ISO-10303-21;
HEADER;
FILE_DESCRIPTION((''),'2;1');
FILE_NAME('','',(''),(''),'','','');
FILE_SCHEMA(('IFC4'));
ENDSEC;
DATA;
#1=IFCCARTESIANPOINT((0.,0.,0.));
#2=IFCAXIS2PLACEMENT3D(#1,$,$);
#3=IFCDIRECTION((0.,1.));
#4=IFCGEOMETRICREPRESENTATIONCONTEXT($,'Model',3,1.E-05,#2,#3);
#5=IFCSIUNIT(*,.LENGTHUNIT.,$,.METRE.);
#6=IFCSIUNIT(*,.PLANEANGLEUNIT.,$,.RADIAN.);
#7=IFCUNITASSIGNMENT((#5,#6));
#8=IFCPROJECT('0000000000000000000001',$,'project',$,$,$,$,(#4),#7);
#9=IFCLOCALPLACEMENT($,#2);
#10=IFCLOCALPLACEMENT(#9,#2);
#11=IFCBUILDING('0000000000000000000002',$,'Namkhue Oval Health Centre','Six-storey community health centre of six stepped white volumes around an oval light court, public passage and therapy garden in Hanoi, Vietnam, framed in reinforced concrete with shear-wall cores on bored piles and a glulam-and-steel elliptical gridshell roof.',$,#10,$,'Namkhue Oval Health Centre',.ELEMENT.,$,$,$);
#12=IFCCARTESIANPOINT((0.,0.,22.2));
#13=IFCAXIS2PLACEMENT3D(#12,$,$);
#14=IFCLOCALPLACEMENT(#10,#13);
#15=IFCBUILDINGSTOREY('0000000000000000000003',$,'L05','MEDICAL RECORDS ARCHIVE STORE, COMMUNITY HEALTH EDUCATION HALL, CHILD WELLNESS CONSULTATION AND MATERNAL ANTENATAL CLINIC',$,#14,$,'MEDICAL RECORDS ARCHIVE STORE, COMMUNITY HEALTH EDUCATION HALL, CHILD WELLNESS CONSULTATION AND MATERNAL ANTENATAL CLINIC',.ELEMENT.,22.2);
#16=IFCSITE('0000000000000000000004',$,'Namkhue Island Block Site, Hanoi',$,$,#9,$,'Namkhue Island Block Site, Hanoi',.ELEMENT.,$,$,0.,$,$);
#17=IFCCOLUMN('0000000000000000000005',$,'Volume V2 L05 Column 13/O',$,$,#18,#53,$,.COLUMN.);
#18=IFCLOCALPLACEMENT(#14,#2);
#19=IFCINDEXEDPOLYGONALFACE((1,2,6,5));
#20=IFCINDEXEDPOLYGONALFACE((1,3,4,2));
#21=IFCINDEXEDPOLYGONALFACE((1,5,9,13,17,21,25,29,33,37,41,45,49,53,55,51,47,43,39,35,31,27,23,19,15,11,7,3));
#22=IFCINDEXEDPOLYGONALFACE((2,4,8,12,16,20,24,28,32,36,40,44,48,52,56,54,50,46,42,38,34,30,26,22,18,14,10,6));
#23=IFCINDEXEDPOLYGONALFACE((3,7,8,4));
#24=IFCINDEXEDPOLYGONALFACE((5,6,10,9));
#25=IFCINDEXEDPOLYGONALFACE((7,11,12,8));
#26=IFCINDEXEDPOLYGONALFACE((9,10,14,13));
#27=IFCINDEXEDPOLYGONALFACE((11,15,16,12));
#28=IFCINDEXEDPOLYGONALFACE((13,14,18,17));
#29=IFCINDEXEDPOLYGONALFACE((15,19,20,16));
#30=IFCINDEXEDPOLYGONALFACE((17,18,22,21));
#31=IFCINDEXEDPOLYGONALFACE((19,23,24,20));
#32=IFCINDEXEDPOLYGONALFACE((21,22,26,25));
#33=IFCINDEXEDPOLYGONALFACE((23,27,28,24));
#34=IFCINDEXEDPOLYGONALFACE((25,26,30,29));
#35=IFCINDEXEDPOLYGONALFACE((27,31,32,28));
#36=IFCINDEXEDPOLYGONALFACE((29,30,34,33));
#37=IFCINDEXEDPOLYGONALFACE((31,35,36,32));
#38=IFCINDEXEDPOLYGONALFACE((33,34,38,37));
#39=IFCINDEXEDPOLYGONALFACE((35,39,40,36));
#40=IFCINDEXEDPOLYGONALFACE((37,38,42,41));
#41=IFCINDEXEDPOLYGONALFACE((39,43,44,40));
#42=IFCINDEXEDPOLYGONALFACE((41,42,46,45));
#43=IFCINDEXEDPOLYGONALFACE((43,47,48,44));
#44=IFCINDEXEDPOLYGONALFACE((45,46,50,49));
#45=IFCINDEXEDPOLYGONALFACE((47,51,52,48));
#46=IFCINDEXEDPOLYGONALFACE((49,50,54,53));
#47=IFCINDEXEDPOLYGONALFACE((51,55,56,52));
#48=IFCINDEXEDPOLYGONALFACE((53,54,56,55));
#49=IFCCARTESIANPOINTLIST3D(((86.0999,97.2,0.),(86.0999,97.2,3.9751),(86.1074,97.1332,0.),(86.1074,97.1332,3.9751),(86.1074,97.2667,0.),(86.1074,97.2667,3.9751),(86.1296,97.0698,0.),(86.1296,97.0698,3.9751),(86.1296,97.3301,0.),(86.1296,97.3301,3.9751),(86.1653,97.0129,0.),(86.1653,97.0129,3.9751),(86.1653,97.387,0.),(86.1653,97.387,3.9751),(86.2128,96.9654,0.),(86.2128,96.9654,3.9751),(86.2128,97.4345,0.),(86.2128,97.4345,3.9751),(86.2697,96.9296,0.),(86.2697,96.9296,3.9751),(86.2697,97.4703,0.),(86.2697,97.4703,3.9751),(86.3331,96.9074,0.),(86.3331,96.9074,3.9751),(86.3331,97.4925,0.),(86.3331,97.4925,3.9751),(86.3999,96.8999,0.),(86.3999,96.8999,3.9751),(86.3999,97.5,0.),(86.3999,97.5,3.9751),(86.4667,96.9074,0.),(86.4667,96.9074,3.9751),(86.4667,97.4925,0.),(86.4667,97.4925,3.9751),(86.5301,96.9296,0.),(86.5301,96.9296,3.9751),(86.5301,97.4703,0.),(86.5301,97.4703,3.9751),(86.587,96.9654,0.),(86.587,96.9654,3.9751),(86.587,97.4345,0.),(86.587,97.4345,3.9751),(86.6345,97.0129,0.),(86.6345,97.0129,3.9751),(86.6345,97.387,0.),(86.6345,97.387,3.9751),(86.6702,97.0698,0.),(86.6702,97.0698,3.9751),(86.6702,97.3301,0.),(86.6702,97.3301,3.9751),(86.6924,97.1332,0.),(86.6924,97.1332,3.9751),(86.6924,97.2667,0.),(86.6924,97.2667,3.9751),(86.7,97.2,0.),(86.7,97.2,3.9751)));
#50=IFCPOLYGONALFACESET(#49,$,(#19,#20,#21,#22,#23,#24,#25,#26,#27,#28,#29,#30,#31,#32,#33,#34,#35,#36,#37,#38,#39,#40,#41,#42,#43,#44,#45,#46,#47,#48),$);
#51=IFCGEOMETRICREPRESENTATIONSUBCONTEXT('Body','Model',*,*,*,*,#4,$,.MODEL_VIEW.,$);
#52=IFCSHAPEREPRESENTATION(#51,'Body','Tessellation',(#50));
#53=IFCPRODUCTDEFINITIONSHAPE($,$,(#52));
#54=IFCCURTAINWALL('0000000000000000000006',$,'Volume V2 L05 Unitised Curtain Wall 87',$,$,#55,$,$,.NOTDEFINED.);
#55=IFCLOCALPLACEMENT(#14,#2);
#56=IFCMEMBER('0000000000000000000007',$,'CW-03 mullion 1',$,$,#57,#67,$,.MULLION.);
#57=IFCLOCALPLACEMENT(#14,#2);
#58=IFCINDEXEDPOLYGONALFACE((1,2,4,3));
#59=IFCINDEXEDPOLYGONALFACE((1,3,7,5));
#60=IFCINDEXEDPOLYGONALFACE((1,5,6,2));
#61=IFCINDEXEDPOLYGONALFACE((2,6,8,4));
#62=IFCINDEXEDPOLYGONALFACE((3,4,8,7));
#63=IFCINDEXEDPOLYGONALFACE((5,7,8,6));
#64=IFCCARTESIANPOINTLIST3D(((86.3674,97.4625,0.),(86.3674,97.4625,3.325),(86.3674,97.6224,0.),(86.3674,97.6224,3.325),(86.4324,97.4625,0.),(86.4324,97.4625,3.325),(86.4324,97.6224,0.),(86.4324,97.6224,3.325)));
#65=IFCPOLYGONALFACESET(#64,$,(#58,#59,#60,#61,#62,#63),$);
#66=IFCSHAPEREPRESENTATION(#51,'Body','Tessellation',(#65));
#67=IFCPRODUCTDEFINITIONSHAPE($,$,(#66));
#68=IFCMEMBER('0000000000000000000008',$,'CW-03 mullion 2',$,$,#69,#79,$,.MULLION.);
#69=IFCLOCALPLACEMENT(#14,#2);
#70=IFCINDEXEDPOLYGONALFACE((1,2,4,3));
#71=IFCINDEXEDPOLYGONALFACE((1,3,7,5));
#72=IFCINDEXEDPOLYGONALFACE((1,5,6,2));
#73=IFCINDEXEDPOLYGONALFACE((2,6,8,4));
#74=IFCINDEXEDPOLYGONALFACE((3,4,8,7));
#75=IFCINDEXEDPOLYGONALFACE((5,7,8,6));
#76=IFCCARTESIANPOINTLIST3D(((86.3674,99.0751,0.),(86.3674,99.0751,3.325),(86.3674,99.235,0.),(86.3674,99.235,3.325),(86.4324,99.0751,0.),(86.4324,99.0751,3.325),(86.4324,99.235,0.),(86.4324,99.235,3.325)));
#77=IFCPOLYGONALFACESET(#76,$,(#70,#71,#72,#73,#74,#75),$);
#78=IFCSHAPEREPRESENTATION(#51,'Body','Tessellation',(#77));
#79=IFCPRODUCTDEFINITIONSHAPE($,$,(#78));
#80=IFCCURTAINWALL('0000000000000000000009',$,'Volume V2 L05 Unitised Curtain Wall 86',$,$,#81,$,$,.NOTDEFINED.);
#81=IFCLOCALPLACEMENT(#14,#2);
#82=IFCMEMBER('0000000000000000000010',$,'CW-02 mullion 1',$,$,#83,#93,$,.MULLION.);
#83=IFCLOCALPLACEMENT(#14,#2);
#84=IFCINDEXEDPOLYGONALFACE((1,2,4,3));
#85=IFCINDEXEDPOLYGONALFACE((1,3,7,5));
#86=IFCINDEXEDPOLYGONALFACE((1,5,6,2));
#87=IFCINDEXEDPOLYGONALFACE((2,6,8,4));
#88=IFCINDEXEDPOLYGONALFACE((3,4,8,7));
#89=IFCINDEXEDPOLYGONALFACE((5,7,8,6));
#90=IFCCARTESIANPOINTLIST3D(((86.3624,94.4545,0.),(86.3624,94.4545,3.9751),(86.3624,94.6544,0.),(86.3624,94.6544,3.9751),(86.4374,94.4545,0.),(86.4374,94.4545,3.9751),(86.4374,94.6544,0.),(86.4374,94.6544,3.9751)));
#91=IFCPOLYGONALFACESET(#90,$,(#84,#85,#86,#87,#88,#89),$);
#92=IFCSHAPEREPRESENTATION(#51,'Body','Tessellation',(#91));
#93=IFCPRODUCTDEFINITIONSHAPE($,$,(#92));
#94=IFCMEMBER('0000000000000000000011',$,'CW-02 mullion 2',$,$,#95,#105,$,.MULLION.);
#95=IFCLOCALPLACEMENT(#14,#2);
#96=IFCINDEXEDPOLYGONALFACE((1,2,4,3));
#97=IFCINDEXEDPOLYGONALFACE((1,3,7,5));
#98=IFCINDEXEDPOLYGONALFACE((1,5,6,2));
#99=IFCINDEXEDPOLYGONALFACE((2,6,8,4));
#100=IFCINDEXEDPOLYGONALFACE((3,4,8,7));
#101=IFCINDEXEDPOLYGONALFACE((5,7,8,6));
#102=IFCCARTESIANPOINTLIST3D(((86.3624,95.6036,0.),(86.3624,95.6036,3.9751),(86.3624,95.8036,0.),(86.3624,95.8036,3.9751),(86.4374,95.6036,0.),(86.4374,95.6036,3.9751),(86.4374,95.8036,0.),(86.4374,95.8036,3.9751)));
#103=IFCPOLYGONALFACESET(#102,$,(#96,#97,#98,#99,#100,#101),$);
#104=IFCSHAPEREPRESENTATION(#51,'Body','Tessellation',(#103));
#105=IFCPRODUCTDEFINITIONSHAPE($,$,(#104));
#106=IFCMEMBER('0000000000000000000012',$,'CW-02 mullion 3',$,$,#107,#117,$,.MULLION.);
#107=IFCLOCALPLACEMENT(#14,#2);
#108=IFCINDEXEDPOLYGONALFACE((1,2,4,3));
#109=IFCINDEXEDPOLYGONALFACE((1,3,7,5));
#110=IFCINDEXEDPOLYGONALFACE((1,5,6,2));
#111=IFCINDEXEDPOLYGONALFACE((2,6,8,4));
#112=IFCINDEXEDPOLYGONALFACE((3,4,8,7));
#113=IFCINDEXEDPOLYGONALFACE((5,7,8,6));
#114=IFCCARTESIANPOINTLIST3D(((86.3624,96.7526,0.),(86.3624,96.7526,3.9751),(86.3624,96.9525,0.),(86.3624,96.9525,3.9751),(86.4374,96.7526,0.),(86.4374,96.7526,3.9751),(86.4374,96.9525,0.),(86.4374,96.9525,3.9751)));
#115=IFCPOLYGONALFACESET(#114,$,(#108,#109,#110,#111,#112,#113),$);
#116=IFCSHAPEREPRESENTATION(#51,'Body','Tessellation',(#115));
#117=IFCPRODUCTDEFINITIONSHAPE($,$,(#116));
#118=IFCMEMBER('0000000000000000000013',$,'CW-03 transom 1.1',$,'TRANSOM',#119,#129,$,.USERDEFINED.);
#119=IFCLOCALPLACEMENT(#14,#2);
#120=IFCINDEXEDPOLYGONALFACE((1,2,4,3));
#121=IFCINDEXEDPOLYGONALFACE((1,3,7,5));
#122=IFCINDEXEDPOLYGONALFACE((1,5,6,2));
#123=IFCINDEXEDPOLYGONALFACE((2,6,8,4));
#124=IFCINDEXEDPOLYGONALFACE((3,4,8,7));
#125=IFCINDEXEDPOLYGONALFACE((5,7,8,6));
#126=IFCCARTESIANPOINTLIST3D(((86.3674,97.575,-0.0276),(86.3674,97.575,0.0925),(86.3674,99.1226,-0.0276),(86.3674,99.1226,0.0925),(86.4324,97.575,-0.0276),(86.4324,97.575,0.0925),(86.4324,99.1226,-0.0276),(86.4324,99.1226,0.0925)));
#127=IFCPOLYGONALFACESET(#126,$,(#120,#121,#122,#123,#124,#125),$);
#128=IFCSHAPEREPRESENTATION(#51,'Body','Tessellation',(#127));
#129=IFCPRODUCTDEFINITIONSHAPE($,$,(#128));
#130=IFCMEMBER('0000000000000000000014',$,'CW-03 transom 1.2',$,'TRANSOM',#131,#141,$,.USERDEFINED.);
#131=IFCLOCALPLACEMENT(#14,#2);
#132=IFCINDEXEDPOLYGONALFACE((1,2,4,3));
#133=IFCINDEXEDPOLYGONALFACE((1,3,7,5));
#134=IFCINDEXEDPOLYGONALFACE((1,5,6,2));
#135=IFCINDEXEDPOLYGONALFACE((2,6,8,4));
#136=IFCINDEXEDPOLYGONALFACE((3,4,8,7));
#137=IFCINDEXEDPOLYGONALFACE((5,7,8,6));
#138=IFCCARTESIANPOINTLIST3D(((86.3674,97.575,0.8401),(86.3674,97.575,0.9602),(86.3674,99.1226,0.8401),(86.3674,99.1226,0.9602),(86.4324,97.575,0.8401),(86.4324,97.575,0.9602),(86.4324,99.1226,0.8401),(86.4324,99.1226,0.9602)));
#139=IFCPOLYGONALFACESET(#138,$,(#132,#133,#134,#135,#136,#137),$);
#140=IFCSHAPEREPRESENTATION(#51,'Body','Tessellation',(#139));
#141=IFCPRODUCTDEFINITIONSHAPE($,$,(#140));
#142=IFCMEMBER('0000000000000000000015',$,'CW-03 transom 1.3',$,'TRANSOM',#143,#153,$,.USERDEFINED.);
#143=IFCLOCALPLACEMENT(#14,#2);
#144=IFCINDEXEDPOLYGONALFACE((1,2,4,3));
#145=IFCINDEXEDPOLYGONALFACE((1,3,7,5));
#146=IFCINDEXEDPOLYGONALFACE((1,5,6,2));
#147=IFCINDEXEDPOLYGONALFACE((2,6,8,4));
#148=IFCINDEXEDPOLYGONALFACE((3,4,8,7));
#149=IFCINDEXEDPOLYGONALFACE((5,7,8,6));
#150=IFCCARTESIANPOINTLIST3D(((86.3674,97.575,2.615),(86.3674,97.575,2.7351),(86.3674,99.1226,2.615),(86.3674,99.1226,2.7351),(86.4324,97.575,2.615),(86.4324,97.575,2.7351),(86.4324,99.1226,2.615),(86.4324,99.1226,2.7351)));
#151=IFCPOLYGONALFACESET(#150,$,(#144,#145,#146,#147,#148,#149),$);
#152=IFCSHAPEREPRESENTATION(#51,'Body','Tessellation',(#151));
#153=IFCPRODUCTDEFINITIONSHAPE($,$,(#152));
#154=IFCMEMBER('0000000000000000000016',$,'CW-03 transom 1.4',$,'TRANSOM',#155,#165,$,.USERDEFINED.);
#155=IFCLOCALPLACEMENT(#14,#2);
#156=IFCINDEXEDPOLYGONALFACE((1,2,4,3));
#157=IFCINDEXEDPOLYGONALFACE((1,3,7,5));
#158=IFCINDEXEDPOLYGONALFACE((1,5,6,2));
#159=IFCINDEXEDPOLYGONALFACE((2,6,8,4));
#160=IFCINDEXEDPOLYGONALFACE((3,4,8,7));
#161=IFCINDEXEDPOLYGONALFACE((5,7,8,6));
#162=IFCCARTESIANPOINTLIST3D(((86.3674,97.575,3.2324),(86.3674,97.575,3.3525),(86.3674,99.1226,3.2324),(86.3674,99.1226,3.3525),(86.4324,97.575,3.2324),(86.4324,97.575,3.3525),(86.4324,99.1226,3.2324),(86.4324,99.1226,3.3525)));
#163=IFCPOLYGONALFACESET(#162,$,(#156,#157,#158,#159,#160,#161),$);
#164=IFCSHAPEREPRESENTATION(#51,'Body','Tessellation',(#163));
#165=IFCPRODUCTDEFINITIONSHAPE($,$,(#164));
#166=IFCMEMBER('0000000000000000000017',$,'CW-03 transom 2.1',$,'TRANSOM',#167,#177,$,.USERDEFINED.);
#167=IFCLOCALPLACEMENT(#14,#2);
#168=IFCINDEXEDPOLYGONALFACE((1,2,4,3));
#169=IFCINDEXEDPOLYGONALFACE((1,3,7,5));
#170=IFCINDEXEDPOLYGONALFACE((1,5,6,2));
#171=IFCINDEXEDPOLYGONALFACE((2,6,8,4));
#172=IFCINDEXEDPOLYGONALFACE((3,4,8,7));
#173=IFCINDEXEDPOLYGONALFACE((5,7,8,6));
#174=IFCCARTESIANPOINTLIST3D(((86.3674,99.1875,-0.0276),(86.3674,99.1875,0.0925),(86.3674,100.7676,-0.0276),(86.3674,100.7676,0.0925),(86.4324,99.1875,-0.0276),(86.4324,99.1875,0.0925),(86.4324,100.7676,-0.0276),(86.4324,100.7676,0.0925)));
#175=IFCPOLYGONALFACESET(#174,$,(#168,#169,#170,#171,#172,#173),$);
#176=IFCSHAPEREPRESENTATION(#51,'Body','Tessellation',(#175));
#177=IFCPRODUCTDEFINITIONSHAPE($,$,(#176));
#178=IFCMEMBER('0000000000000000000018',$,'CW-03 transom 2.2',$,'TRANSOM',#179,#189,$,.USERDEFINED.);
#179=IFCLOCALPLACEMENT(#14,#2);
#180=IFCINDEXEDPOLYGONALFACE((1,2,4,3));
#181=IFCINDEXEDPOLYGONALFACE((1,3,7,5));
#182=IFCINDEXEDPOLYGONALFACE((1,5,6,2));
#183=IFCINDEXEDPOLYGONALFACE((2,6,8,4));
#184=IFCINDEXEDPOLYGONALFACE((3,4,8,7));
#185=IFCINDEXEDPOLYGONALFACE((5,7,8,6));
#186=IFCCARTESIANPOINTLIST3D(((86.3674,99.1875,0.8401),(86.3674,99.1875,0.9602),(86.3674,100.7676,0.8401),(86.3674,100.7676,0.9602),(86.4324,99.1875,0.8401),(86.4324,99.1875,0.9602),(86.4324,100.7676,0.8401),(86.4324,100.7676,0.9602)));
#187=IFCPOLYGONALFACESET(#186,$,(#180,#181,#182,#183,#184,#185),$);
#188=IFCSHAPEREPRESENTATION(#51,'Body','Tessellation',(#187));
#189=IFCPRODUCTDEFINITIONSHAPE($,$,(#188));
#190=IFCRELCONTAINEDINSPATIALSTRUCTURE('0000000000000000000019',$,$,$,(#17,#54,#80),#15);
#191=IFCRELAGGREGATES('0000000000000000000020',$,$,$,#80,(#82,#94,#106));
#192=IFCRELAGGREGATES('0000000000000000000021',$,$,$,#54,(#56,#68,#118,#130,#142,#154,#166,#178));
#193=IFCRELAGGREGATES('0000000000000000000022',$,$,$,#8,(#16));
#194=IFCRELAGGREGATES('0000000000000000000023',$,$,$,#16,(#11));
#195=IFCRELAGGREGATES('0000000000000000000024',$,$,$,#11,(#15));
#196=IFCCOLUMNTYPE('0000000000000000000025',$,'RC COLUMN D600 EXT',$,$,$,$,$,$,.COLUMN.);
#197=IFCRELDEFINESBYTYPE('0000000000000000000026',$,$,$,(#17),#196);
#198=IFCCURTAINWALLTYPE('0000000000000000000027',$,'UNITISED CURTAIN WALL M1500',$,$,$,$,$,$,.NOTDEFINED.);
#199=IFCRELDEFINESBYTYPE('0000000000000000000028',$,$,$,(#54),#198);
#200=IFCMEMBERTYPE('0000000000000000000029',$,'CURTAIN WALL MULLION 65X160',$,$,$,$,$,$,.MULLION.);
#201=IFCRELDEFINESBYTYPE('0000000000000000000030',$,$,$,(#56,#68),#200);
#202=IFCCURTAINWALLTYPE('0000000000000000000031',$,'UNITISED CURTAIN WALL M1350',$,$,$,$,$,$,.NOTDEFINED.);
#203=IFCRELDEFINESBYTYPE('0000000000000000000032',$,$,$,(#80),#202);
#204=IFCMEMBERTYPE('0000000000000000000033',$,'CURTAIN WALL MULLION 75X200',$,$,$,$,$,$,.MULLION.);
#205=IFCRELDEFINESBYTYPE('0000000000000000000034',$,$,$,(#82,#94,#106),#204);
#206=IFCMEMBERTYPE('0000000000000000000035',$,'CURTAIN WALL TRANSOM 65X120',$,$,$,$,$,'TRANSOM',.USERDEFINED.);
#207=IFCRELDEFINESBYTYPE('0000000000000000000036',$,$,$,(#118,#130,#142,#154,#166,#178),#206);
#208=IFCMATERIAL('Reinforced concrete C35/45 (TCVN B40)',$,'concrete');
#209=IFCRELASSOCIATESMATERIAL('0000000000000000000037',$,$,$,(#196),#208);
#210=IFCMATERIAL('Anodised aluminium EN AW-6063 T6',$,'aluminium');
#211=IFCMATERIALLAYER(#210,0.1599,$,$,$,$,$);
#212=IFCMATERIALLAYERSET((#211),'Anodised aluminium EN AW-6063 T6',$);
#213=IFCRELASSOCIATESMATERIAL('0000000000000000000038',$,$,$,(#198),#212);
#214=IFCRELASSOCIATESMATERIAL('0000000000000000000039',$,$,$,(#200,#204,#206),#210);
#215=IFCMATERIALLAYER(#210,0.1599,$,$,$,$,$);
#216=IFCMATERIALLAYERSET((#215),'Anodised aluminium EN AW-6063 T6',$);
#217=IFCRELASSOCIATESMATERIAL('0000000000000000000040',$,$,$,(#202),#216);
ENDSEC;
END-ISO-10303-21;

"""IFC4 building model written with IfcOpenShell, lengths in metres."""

from ifc_helpers import new_model, si_unit, direction, frame, origin, origin_2d, place, context, subcontext, project, spatial, rectangle, circle, extrude, material, layer, layer_set, material_profile, profile_set, type_object, element, aggregate, save


model = new_model("IFC4")

# Units and contexts
model_context = context("Model", 3, precision=1e-05, world=origin(), true_north=direction((0.0, 1.0)))
body_context = subcontext(model_context, "Body", "Model", "MODEL_VIEW")
ifc_project = project(units=[si_unit("LENGTHUNIT", "METRE"), si_unit("PLANEANGLEUNIT", "RADIAN")], contexts=[model_context])

# Site, building, storey
site_placement = place(None, origin())
site = spatial("IfcSite", under=ifc_project, at=site_placement, Name="Namkhue Island Block Site, Hanoi", LongName="Namkhue Island Block Site, Hanoi", CompositionType="ELEMENT", RefElevation=0.0)
building_placement = place(site_placement, origin())
building = spatial("IfcBuilding", under=site, at=building_placement, Name="Namkhue Oval Health Centre", Description="Six-storey community health centre of six stepped white volumes around an oval light court, public passage and therapy garden in Hanoi, Vietnam, framed in reinforced concrete with shear-wall cores on bored piles and a glulam-and-steel elliptical gridshell roof.", LongName="Namkhue Oval Health Centre", CompositionType="ELEMENT")
storey_placement = place(building_placement, frame((0.0, 0.0, 22.2)))
storey = spatial("IfcBuildingStorey", under=building, at=storey_placement, Name="L05", Description="MEDICAL RECORDS ARCHIVE STORE, COMMUNITY HEALTH EDUCATION HALL, CHILD WELLNESS CONSULTATION AND MATERNAL ANTENATAL CLINIC", LongName="MEDICAL RECORDS ARCHIVE STORE, COMMUNITY HEALTH EDUCATION HALL, CHILD WELLNESS CONSULTATION AND MATERNAL ANTENATAL CLINIC", CompositionType="ELEMENT", Elevation=22.2)

# Column
ifc_material_1 = material(Name="Reinforced concrete C35/45 (TCVN B40)", Category="concrete")
ifc_material_profile_1 = material_profile(ifc_material_1, circle(Radius=0.3, at=origin_2d()), Name="RC D600")
ifc_profile_set_1 = profile_set([ifc_material_profile_1], Name="Reinforced concrete C35/45 (TCVN B40)")
column_type = type_object("IfcColumnType", Name="RC COLUMN D600 EXT", PredefinedType="COLUMN", material=ifc_profile_set_1)
column_placement = place(storey_placement, frame((86.3999, 97.2, 0.0), z_axis=(0.0, 0.0, 1.0), x_axis=(1.0, 0.0, 0.0)))
element("IfcColumn", 1, at=column_placement, inside=storey, type_object=column_type, Name="Volume V2 L05 Column 13/O", PredefinedType="COLUMN", context=body_context, shape_type="SweptSolid", body=[
    extrude(circle(Radius=0.3, at=origin_2d()), origin(), (0.0, 0.0, 1.0), 3.9751),
])

# Curtain walls, members
ifc_material_2 = material(Name="Anodised aluminium EN AW-6063 T6", Category="aluminium")
ifc_layer_1 = layer(ifc_material_2, 0.1599)
ifc_layer_set_1 = layer_set([ifc_layer_1], Name="Anodised aluminium EN AW-6063 T6")
curtain_wall_type_1 = type_object("IfcCurtainWallType", Name="UNITISED CURTAIN WALL M1500", PredefinedType="NOTDEFINED", material=ifc_layer_set_1)
curtain_wall_1_placement = place(storey_placement, origin())
curtain_wall_1 = element("IfcCurtainWall", 2, at=curtain_wall_1_placement, inside=storey, type_object=curtain_wall_type_1, Name="Volume V2 L05 Unitised Curtain Wall 87", PredefinedType="NOTDEFINED")
ifc_material_profile_2 = material_profile(ifc_material_2, rectangle(XDim=0.0649, YDim=0.1599, at=origin_2d()), Name="ALU 65x160")
ifc_profile_set_2 = profile_set([ifc_material_profile_2], Name="Anodised aluminium EN AW-6063 T6")
member_type_1 = type_object("IfcMemberType", Name="CURTAIN WALL MULLION 65X160", PredefinedType="MULLION", material=ifc_profile_set_2)
member_1_placement = place(storey_placement, frame((86.3999, 97.5425, 0.0), z_axis=(0.0, 0.0, 1.0), x_axis=(-1.0, 0.0, 0.0)))
member_1 = element("IfcMember", 3, at=member_1_placement, type_object=member_type_1, Name="CW-03 mullion 1", PredefinedType="MULLION", context=body_context, shape_type="SweptSolid", body=[
    extrude(rectangle(XDim=0.0649, YDim=0.1599, at=origin_2d()), origin(), (0.0, 0.0, 1.0), 3.325),
])
member_2_placement = place(storey_placement, frame((86.3999, 99.155, 0.0), z_axis=(0.0, 0.0, 1.0), x_axis=(-1.0, 0.0, 0.0)))
member_2 = element("IfcMember", 4, at=member_2_placement, type_object=member_type_1, Name="CW-03 mullion 2", PredefinedType="MULLION", context=body_context, shape_type="SweptSolid", body=[
    extrude(rectangle(XDim=0.0649, YDim=0.1599, at=origin_2d()), origin(), (0.0, 0.0, 1.0), 3.325),
])
ifc_layer_2 = layer(ifc_material_2, 0.1599)
ifc_layer_set_2 = layer_set([ifc_layer_2], Name="Anodised aluminium EN AW-6063 T6")
curtain_wall_type_2 = type_object("IfcCurtainWallType", Name="UNITISED CURTAIN WALL M1350", PredefinedType="NOTDEFINED", material=ifc_layer_set_2)
curtain_wall_2_placement = place(storey_placement, origin())
curtain_wall_2 = element("IfcCurtainWall", 5, at=curtain_wall_2_placement, inside=storey, type_object=curtain_wall_type_2, Name="Volume V2 L05 Unitised Curtain Wall 86", PredefinedType="NOTDEFINED")
ifc_material_profile_3 = material_profile(ifc_material_2, rectangle(XDim=0.075, YDim=0.2, at=origin_2d()), Name="ALU 75x200")
ifc_profile_set_3 = profile_set([ifc_material_profile_3], Name="Anodised aluminium EN AW-6063 T6")
member_type_2 = type_object("IfcMemberType", Name="CURTAIN WALL MULLION 75X200", PredefinedType="MULLION", material=ifc_profile_set_3)
member_3_placement = place(storey_placement, frame((86.3999, 94.5544, 0.0), z_axis=(0.0, 0.0, 1.0), x_axis=(-1.0, 0.0, 0.0)))
member_3 = element("IfcMember", 6, at=member_3_placement, type_object=member_type_2, Name="CW-02 mullion 1", PredefinedType="MULLION", context=body_context, shape_type="SweptSolid", body=[
    extrude(rectangle(XDim=0.075, YDim=0.2, at=origin_2d()), origin(), (0.0, 0.0, 1.0), 3.9751),
])
member_4_placement = place(storey_placement, frame((86.3999, 95.7036, 0.0), z_axis=(0.0, 0.0, 1.0), x_axis=(-1.0, 0.0, 0.0)))
member_4 = element("IfcMember", 7, at=member_4_placement, type_object=member_type_2, Name="CW-02 mullion 2", PredefinedType="MULLION", context=body_context, shape_type="SweptSolid", body=[
    extrude(rectangle(XDim=0.075, YDim=0.2, at=origin_2d()), origin(), (0.0, 0.0, 1.0), 3.9751),
])
member_5_placement = place(storey_placement, frame((86.3999, 96.8525, 0.0), z_axis=(0.0, 0.0, 1.0), x_axis=(-1.0, 0.0, 0.0)))
member_5 = element("IfcMember", 8, at=member_5_placement, type_object=member_type_2, Name="CW-02 mullion 3", PredefinedType="MULLION", context=body_context, shape_type="SweptSolid", body=[
    extrude(rectangle(XDim=0.075, YDim=0.2, at=origin_2d()), origin(), (0.0, 0.0, 1.0), 3.9751),
])

# Members
ifc_material_profile_4 = material_profile(ifc_material_2, rectangle(XDim=0.0649, YDim=0.1201, at=origin_2d()), Name="ALU 65x120")
ifc_profile_set_4 = profile_set([ifc_material_profile_4], Name="Anodised aluminium EN AW-6063 T6")
member_type_3 = type_object("IfcMemberType", Name="CURTAIN WALL TRANSOM 65X120", ElementType="TRANSOM", PredefinedType="USERDEFINED", material=ifc_profile_set_4)
member_6_placement = place(storey_placement, frame((86.3999, 97.575, 0.0325), z_axis=(0.0, 1.0, 0.0), x_axis=(-1.0, 0.0, 0.0)))
member_6 = element("IfcMember", 9, at=member_6_placement, type_object=member_type_3, Name="CW-03 transom 1.1", ObjectType="TRANSOM", PredefinedType="USERDEFINED", context=body_context, shape_type="SweptSolid", body=[
    extrude(rectangle(XDim=0.0649, YDim=0.1201, at=origin_2d()), origin(), (0.0, 0.0, 1.0), 1.5476),
])
member_7_placement = place(storey_placement, frame((86.3999, 97.575, 0.9001), z_axis=(0.0, 1.0, 0.0), x_axis=(-1.0, 0.0, 0.0)))
member_7 = element("IfcMember", 10, at=member_7_placement, type_object=member_type_3, Name="CW-03 transom 1.2", ObjectType="TRANSOM", PredefinedType="USERDEFINED", context=body_context, shape_type="SweptSolid", body=[
    extrude(rectangle(XDim=0.0649, YDim=0.1201, at=origin_2d()), origin(), (0.0, 0.0, 1.0), 1.5476),
])
member_8_placement = place(storey_placement, frame((86.3999, 97.575, 2.675), z_axis=(0.0, 1.0, 0.0), x_axis=(-1.0, 0.0, 0.0)))
member_8 = element("IfcMember", 11, at=member_8_placement, type_object=member_type_3, Name="CW-03 transom 1.3", ObjectType="TRANSOM", PredefinedType="USERDEFINED", context=body_context, shape_type="SweptSolid", body=[
    extrude(rectangle(XDim=0.0649, YDim=0.1201, at=origin_2d()), origin(), (0.0, 0.0, 1.0), 1.5476),
])
member_9_placement = place(storey_placement, frame((86.3999, 97.575, 3.2925), z_axis=(0.0, 1.0, 0.0), x_axis=(-1.0, 0.0, 0.0)))
member_9 = element("IfcMember", 12, at=member_9_placement, type_object=member_type_3, Name="CW-03 transom 1.4", ObjectType="TRANSOM", PredefinedType="USERDEFINED", context=body_context, shape_type="SweptSolid", body=[
    extrude(rectangle(XDim=0.0649, YDim=0.1201, at=origin_2d()), origin(), (0.0, 0.0, 1.0), 1.5476),
])
member_10_placement = place(storey_placement, frame((86.3999, 99.1875, 0.0325), z_axis=(0.0, 1.0, 0.0), x_axis=(-1.0, 0.0, 0.0)))
member_10 = element("IfcMember", 13, at=member_10_placement, type_object=member_type_3, Name="CW-03 transom 2.1", ObjectType="TRANSOM", PredefinedType="USERDEFINED", context=body_context, shape_type="SweptSolid", body=[
    extrude(rectangle(XDim=0.0649, YDim=0.1201, at=origin_2d()), origin(), (0.0, 0.0, 1.0), 1.5801),
])
member_11_placement = place(storey_placement, frame((86.3999, 99.1875, 0.9001), z_axis=(0.0, 1.0, 0.0), x_axis=(-1.0, 0.0, 0.0)))
member_11 = element("IfcMember", 14, at=member_11_placement, type_object=member_type_3, Name="CW-03 transom 2.2", ObjectType="TRANSOM", PredefinedType="USERDEFINED", context=body_context, shape_type="SweptSolid", body=[
    extrude(rectangle(XDim=0.0649, YDim=0.1201, at=origin_2d()), origin(), (0.0, 0.0, 1.0), 1.5801),
])

aggregate(curtain_wall_2, [member_3, member_4, member_5])
aggregate(curtain_wall_1, [member_1, member_2, member_6, member_7, member_8, member_9, member_10, member_11])

save(model, "model.ifc")
